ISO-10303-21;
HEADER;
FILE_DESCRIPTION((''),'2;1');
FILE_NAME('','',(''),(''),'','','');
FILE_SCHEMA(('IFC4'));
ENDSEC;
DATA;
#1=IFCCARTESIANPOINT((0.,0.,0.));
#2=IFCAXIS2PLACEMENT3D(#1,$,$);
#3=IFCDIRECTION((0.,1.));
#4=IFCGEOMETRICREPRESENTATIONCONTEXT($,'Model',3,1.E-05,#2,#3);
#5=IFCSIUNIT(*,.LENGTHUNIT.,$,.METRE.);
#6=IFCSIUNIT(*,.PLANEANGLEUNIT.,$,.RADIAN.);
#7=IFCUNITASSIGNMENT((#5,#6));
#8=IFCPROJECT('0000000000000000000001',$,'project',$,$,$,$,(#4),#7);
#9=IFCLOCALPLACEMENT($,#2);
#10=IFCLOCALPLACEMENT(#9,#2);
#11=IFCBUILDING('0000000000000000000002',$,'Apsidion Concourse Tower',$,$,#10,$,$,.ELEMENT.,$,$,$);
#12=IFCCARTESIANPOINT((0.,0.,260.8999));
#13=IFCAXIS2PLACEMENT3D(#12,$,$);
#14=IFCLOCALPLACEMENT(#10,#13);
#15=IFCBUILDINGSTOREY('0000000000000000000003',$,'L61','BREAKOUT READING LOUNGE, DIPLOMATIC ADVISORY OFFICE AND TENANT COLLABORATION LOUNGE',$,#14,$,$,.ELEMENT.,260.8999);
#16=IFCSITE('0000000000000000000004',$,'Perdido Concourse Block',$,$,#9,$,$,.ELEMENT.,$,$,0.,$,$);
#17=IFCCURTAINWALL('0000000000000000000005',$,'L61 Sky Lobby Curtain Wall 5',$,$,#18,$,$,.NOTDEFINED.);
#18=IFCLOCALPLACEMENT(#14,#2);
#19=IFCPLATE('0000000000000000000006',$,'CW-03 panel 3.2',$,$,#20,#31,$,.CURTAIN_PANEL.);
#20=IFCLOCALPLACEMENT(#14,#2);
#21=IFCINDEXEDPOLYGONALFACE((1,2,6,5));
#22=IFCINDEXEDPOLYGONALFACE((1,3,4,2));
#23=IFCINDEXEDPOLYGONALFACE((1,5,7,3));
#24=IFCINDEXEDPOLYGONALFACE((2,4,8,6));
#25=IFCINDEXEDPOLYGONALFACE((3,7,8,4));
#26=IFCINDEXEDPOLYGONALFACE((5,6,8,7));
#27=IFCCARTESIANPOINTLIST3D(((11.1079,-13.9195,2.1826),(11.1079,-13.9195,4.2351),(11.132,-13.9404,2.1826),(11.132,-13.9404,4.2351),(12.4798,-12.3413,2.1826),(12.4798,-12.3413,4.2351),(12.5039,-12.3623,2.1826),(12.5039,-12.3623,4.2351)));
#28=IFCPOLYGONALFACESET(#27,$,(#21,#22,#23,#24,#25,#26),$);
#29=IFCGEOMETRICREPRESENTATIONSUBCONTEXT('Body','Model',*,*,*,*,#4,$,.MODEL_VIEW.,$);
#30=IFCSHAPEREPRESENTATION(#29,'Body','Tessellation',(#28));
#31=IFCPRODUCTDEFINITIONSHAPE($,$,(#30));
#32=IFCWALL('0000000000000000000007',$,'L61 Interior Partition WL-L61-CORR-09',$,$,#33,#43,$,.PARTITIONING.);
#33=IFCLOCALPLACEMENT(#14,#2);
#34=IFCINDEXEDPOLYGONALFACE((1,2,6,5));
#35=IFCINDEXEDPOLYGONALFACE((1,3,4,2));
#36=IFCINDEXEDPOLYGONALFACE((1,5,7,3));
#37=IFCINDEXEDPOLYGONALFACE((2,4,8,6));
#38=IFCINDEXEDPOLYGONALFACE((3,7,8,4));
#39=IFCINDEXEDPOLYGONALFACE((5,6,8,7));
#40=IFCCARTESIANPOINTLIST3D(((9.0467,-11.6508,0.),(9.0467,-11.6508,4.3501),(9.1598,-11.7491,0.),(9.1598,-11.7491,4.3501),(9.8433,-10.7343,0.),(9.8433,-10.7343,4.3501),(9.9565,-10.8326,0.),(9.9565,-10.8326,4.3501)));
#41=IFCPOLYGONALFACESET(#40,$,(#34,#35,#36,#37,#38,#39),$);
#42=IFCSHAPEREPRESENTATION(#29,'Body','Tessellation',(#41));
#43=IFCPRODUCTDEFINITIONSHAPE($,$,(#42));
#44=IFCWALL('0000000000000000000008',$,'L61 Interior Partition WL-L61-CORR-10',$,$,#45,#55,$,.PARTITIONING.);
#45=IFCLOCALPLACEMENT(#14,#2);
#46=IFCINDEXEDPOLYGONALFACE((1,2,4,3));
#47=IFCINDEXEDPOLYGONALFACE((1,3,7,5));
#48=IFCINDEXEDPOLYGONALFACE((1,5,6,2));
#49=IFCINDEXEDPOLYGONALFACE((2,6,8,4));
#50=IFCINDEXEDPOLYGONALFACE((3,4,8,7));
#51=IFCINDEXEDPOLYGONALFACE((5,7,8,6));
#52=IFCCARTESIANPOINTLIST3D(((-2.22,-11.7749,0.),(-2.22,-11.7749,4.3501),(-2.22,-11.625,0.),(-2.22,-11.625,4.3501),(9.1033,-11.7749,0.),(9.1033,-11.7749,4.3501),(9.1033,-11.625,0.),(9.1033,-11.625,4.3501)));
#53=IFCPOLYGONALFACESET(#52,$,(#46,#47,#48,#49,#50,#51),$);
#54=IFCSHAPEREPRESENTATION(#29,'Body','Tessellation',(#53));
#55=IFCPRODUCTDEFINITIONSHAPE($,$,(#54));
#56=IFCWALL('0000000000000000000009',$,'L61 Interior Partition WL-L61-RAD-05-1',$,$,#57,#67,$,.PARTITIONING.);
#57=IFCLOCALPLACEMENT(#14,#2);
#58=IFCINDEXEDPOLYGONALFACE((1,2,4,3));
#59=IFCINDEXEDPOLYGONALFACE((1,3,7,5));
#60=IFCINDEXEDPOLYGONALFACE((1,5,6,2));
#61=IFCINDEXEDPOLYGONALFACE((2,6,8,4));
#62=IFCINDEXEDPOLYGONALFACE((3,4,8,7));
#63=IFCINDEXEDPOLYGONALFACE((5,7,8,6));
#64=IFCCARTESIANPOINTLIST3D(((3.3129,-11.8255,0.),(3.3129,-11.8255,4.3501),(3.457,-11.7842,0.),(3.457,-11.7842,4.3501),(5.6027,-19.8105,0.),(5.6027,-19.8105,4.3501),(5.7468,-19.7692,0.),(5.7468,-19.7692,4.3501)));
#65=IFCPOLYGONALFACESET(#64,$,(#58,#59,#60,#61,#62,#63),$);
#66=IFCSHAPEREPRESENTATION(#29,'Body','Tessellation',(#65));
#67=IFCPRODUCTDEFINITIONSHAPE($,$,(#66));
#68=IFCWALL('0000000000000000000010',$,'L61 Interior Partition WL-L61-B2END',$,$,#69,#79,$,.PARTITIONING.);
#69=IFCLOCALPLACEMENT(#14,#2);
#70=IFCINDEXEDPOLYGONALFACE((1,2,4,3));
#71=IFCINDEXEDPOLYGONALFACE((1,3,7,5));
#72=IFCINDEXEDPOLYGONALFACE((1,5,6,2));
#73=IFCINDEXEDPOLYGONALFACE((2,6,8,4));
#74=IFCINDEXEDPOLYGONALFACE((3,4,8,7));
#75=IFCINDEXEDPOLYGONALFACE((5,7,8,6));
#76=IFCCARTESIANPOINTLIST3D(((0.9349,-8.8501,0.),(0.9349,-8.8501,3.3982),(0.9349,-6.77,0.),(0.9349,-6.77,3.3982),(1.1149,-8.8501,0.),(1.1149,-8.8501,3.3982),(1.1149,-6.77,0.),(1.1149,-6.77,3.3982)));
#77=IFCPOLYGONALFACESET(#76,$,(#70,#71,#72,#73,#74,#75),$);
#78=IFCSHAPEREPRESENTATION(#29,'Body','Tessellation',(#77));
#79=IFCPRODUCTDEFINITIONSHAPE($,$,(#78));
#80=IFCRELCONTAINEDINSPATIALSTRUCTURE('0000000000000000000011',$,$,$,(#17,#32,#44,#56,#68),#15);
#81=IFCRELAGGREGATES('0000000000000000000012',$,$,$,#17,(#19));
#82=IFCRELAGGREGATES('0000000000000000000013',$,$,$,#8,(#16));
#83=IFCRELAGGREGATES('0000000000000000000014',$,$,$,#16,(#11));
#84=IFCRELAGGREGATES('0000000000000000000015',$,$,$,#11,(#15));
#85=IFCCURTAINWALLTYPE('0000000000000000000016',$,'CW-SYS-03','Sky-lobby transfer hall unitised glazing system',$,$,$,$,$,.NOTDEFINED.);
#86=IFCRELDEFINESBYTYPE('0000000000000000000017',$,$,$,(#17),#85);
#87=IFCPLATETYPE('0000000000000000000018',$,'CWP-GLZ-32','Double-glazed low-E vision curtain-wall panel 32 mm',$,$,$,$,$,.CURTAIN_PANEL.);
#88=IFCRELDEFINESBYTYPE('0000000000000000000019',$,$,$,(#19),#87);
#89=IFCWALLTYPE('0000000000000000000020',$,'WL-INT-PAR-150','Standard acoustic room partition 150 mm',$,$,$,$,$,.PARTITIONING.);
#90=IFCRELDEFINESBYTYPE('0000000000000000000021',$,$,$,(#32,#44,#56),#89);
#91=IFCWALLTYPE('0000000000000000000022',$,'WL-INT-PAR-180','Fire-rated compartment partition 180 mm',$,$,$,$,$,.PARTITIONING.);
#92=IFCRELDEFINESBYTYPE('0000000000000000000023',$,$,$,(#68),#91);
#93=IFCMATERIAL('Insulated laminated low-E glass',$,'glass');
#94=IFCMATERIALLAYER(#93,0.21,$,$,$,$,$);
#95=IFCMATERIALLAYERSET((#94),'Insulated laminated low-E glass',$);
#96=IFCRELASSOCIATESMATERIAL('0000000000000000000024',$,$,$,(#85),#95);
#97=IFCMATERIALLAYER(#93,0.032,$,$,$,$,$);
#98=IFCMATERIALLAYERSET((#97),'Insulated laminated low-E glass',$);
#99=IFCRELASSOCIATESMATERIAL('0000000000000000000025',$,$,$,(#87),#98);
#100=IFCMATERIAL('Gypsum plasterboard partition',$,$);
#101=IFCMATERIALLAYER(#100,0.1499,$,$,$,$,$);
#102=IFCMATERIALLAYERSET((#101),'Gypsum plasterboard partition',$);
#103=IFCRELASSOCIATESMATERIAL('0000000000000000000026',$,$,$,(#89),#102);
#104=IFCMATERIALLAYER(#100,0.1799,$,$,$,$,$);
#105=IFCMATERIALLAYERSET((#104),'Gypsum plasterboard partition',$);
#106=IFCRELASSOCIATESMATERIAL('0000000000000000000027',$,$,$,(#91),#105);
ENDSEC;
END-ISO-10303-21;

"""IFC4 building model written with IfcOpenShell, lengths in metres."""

from ifc_helpers import new_model, si_unit, direction, frame, frame_2d, origin, origin_2d, place, context, subcontext, project, spatial, rectangle, extrude, material, layer, layer_set, type_object, element, aggregate, save


model = new_model("IFC4")

# Units and contexts
model_context = context("Model", 3, precision=1e-05, world=origin(), true_north=direction((0.0, 1.0)))
body_context = subcontext(model_context, "Body", "Model", "MODEL_VIEW")
ifc_project = project(units=[si_unit("LENGTHUNIT", "METRE"), si_unit("PLANEANGLEUNIT", "RADIAN")], contexts=[model_context])

# Site, building, storey
site_placement = place(None, origin())
site = spatial("IfcSite", under=ifc_project, at=site_placement, Name="Perdido Concourse Block", CompositionType="ELEMENT", RefElevation=0.0)
building_placement = place(site_placement, origin())
building = spatial("IfcBuilding", under=site, at=building_placement, Name="Apsidion Concourse Tower", CompositionType="ELEMENT")
storey_placement = place(building_placement, frame((0.0, 0.0, 260.8999)))
storey = spatial("IfcBuildingStorey", under=building, at=storey_placement, Name="L61", Description="BREAKOUT READING LOUNGE, DIPLOMATIC ADVISORY OFFICE AND TENANT COLLABORATION LOUNGE", CompositionType="ELEMENT", Elevation=260.8999)

# Curtain wall, plate
ifc_material_1 = material(Name="Insulated laminated low-E glass", Category="glass")
ifc_layer_1 = layer(ifc_material_1, 0.21)
ifc_layer_set_1 = layer_set([ifc_layer_1], Name="Insulated laminated low-E glass")
curtain_wall_type = type_object("IfcCurtainWallType", Name="CW-SYS-03", Description="Sky-lobby transfer hall unitised glazing system", PredefinedType="NOTDEFINED", material=ifc_layer_set_1)
curtain_wall_placement = place(storey_placement, origin())
curtain_wall = element("IfcCurtainWall", 1, at=curtain_wall_placement, inside=storey, type_object=curtain_wall_type, Name="L61 Sky Lobby Curtain Wall 5", PredefinedType="NOTDEFINED")
ifc_layer_2 = layer(ifc_material_1, 0.032)
ifc_layer_set_2 = layer_set([ifc_layer_2], Name="Insulated laminated low-E glass")
plate_type = type_object("IfcPlateType", Name="CWP-GLZ-32", Description="Double-glazed low-E vision curtain-wall panel 32 mm", PredefinedType="CURTAIN_PANEL", material=ifc_layer_set_2)
plate_1_placement = place(storey_placement, frame((11.8059, -13.1409, 2.1826), z_axis=(0.0, 0.0, 1.0), x_axis=(-0.656059, -0.75471, 0.0)))
plate_1 = element("IfcPlate", 2, at=plate_1_placement, type_object=plate_type, Name="CW-03 panel 3.2", PredefinedType="CURTAIN_PANEL", context=body_context, shape_type="SweptSolid", body=[
    extrude(rectangle(XDim=2.0911, YDim=0.032, at=origin_2d()), origin(), (0.0, 0.0, 1.0), 2.0525),
])
aggregate(curtain_wall, [plate_1])

# Walls
ifc_material_2 = material(Name="Gypsum plasterboard partition")
ifc_layer_3 = layer(ifc_material_2, 0.1499)
ifc_layer_set_3 = layer_set([ifc_layer_3], Name="Gypsum plasterboard partition")
wall_type_1 = type_object("IfcWallType", Name="WL-INT-PAR-150", Description="Standard acoustic room partition 150 mm", PredefinedType="PARTITIONING", material=ifc_layer_set_3)
wall_1_placement = place(storey_placement, frame((9.8999, -10.7834, 0.0), z_axis=(0.0, 0.0, 1.0), x_axis=(-0.656024, -0.75474, 0.0)))
element("IfcWall", 3, at=wall_1_placement, inside=storey, type_object=wall_type_1, Name="L61 Interior Partition WL-L61-CORR-09", PredefinedType="PARTITIONING", context=body_context, shape_type="SweptSolid", body=[
    extrude(rectangle(XDim=1.2144, YDim=0.1499, at=frame_2d((0.6072, 0.0))), origin(), (0.0, 0.0, 1.0), 4.3501),
])
wall_2_placement = place(storey_placement, frame((9.1033, -11.7, 0.0), z_axis=(0.0, 0.0, 1.0), x_axis=(-1.0, 0.0, 0.0)))
element("IfcWall", 4, at=wall_2_placement, inside=storey, type_object=wall_type_1, Name="L61 Interior Partition WL-L61-CORR-10", PredefinedType="PARTITIONING", context=body_context, shape_type="SweptSolid", body=[
    extrude(rectangle(XDim=11.3232, YDim=0.1499, at=frame_2d((5.6616, 0.0))), origin(), (0.0, 0.0, 1.0), 4.3501),
])
wall_3_placement = place(storey_placement, frame((3.385, -11.8049, 0.0), z_axis=(0.0, 0.0, 1.0), x_axis=(0.275649, -0.961258, 0.0)))
element("IfcWall", 5, at=wall_3_placement, inside=storey, type_object=wall_type_1, Name="L61 Interior Partition WL-L61-RAD-05-1", PredefinedType="PARTITIONING", context=body_context, shape_type="SweptSolid", body=[
    extrude(rectangle(XDim=8.3069, YDim=0.1499, at=frame_2d((4.1533, 0.0))), origin(), (0.0, 0.0, 1.0), 4.3501),
])
ifc_layer_4 = layer(ifc_material_2, 0.1799)
ifc_layer_set_4 = layer_set([ifc_layer_4], Name="Gypsum plasterboard partition")
wall_type_2 = type_object("IfcWallType", Name="WL-INT-PAR-180", Description="Fire-rated compartment partition 180 mm", PredefinedType="PARTITIONING", material=ifc_layer_set_4)
wall_4_placement = place(storey_placement, frame((1.0249, -8.8501, 0.0), z_axis=(0.0, 0.0, 1.0), x_axis=(0.0, 1.0, 0.0)))
element("IfcWall", 6, at=wall_4_placement, inside=storey, type_object=wall_type_2, Name="L61 Interior Partition WL-L61-B2END", PredefinedType="PARTITIONING", context=body_context, shape_type="SweptSolid", body=[
    extrude(rectangle(XDim=2.0801, YDim=0.1799, at=frame_2d((1.04, 0.0))), origin(), (0.0, 0.0, 1.0), 3.3982),
])

save(model, "model.ifc")
